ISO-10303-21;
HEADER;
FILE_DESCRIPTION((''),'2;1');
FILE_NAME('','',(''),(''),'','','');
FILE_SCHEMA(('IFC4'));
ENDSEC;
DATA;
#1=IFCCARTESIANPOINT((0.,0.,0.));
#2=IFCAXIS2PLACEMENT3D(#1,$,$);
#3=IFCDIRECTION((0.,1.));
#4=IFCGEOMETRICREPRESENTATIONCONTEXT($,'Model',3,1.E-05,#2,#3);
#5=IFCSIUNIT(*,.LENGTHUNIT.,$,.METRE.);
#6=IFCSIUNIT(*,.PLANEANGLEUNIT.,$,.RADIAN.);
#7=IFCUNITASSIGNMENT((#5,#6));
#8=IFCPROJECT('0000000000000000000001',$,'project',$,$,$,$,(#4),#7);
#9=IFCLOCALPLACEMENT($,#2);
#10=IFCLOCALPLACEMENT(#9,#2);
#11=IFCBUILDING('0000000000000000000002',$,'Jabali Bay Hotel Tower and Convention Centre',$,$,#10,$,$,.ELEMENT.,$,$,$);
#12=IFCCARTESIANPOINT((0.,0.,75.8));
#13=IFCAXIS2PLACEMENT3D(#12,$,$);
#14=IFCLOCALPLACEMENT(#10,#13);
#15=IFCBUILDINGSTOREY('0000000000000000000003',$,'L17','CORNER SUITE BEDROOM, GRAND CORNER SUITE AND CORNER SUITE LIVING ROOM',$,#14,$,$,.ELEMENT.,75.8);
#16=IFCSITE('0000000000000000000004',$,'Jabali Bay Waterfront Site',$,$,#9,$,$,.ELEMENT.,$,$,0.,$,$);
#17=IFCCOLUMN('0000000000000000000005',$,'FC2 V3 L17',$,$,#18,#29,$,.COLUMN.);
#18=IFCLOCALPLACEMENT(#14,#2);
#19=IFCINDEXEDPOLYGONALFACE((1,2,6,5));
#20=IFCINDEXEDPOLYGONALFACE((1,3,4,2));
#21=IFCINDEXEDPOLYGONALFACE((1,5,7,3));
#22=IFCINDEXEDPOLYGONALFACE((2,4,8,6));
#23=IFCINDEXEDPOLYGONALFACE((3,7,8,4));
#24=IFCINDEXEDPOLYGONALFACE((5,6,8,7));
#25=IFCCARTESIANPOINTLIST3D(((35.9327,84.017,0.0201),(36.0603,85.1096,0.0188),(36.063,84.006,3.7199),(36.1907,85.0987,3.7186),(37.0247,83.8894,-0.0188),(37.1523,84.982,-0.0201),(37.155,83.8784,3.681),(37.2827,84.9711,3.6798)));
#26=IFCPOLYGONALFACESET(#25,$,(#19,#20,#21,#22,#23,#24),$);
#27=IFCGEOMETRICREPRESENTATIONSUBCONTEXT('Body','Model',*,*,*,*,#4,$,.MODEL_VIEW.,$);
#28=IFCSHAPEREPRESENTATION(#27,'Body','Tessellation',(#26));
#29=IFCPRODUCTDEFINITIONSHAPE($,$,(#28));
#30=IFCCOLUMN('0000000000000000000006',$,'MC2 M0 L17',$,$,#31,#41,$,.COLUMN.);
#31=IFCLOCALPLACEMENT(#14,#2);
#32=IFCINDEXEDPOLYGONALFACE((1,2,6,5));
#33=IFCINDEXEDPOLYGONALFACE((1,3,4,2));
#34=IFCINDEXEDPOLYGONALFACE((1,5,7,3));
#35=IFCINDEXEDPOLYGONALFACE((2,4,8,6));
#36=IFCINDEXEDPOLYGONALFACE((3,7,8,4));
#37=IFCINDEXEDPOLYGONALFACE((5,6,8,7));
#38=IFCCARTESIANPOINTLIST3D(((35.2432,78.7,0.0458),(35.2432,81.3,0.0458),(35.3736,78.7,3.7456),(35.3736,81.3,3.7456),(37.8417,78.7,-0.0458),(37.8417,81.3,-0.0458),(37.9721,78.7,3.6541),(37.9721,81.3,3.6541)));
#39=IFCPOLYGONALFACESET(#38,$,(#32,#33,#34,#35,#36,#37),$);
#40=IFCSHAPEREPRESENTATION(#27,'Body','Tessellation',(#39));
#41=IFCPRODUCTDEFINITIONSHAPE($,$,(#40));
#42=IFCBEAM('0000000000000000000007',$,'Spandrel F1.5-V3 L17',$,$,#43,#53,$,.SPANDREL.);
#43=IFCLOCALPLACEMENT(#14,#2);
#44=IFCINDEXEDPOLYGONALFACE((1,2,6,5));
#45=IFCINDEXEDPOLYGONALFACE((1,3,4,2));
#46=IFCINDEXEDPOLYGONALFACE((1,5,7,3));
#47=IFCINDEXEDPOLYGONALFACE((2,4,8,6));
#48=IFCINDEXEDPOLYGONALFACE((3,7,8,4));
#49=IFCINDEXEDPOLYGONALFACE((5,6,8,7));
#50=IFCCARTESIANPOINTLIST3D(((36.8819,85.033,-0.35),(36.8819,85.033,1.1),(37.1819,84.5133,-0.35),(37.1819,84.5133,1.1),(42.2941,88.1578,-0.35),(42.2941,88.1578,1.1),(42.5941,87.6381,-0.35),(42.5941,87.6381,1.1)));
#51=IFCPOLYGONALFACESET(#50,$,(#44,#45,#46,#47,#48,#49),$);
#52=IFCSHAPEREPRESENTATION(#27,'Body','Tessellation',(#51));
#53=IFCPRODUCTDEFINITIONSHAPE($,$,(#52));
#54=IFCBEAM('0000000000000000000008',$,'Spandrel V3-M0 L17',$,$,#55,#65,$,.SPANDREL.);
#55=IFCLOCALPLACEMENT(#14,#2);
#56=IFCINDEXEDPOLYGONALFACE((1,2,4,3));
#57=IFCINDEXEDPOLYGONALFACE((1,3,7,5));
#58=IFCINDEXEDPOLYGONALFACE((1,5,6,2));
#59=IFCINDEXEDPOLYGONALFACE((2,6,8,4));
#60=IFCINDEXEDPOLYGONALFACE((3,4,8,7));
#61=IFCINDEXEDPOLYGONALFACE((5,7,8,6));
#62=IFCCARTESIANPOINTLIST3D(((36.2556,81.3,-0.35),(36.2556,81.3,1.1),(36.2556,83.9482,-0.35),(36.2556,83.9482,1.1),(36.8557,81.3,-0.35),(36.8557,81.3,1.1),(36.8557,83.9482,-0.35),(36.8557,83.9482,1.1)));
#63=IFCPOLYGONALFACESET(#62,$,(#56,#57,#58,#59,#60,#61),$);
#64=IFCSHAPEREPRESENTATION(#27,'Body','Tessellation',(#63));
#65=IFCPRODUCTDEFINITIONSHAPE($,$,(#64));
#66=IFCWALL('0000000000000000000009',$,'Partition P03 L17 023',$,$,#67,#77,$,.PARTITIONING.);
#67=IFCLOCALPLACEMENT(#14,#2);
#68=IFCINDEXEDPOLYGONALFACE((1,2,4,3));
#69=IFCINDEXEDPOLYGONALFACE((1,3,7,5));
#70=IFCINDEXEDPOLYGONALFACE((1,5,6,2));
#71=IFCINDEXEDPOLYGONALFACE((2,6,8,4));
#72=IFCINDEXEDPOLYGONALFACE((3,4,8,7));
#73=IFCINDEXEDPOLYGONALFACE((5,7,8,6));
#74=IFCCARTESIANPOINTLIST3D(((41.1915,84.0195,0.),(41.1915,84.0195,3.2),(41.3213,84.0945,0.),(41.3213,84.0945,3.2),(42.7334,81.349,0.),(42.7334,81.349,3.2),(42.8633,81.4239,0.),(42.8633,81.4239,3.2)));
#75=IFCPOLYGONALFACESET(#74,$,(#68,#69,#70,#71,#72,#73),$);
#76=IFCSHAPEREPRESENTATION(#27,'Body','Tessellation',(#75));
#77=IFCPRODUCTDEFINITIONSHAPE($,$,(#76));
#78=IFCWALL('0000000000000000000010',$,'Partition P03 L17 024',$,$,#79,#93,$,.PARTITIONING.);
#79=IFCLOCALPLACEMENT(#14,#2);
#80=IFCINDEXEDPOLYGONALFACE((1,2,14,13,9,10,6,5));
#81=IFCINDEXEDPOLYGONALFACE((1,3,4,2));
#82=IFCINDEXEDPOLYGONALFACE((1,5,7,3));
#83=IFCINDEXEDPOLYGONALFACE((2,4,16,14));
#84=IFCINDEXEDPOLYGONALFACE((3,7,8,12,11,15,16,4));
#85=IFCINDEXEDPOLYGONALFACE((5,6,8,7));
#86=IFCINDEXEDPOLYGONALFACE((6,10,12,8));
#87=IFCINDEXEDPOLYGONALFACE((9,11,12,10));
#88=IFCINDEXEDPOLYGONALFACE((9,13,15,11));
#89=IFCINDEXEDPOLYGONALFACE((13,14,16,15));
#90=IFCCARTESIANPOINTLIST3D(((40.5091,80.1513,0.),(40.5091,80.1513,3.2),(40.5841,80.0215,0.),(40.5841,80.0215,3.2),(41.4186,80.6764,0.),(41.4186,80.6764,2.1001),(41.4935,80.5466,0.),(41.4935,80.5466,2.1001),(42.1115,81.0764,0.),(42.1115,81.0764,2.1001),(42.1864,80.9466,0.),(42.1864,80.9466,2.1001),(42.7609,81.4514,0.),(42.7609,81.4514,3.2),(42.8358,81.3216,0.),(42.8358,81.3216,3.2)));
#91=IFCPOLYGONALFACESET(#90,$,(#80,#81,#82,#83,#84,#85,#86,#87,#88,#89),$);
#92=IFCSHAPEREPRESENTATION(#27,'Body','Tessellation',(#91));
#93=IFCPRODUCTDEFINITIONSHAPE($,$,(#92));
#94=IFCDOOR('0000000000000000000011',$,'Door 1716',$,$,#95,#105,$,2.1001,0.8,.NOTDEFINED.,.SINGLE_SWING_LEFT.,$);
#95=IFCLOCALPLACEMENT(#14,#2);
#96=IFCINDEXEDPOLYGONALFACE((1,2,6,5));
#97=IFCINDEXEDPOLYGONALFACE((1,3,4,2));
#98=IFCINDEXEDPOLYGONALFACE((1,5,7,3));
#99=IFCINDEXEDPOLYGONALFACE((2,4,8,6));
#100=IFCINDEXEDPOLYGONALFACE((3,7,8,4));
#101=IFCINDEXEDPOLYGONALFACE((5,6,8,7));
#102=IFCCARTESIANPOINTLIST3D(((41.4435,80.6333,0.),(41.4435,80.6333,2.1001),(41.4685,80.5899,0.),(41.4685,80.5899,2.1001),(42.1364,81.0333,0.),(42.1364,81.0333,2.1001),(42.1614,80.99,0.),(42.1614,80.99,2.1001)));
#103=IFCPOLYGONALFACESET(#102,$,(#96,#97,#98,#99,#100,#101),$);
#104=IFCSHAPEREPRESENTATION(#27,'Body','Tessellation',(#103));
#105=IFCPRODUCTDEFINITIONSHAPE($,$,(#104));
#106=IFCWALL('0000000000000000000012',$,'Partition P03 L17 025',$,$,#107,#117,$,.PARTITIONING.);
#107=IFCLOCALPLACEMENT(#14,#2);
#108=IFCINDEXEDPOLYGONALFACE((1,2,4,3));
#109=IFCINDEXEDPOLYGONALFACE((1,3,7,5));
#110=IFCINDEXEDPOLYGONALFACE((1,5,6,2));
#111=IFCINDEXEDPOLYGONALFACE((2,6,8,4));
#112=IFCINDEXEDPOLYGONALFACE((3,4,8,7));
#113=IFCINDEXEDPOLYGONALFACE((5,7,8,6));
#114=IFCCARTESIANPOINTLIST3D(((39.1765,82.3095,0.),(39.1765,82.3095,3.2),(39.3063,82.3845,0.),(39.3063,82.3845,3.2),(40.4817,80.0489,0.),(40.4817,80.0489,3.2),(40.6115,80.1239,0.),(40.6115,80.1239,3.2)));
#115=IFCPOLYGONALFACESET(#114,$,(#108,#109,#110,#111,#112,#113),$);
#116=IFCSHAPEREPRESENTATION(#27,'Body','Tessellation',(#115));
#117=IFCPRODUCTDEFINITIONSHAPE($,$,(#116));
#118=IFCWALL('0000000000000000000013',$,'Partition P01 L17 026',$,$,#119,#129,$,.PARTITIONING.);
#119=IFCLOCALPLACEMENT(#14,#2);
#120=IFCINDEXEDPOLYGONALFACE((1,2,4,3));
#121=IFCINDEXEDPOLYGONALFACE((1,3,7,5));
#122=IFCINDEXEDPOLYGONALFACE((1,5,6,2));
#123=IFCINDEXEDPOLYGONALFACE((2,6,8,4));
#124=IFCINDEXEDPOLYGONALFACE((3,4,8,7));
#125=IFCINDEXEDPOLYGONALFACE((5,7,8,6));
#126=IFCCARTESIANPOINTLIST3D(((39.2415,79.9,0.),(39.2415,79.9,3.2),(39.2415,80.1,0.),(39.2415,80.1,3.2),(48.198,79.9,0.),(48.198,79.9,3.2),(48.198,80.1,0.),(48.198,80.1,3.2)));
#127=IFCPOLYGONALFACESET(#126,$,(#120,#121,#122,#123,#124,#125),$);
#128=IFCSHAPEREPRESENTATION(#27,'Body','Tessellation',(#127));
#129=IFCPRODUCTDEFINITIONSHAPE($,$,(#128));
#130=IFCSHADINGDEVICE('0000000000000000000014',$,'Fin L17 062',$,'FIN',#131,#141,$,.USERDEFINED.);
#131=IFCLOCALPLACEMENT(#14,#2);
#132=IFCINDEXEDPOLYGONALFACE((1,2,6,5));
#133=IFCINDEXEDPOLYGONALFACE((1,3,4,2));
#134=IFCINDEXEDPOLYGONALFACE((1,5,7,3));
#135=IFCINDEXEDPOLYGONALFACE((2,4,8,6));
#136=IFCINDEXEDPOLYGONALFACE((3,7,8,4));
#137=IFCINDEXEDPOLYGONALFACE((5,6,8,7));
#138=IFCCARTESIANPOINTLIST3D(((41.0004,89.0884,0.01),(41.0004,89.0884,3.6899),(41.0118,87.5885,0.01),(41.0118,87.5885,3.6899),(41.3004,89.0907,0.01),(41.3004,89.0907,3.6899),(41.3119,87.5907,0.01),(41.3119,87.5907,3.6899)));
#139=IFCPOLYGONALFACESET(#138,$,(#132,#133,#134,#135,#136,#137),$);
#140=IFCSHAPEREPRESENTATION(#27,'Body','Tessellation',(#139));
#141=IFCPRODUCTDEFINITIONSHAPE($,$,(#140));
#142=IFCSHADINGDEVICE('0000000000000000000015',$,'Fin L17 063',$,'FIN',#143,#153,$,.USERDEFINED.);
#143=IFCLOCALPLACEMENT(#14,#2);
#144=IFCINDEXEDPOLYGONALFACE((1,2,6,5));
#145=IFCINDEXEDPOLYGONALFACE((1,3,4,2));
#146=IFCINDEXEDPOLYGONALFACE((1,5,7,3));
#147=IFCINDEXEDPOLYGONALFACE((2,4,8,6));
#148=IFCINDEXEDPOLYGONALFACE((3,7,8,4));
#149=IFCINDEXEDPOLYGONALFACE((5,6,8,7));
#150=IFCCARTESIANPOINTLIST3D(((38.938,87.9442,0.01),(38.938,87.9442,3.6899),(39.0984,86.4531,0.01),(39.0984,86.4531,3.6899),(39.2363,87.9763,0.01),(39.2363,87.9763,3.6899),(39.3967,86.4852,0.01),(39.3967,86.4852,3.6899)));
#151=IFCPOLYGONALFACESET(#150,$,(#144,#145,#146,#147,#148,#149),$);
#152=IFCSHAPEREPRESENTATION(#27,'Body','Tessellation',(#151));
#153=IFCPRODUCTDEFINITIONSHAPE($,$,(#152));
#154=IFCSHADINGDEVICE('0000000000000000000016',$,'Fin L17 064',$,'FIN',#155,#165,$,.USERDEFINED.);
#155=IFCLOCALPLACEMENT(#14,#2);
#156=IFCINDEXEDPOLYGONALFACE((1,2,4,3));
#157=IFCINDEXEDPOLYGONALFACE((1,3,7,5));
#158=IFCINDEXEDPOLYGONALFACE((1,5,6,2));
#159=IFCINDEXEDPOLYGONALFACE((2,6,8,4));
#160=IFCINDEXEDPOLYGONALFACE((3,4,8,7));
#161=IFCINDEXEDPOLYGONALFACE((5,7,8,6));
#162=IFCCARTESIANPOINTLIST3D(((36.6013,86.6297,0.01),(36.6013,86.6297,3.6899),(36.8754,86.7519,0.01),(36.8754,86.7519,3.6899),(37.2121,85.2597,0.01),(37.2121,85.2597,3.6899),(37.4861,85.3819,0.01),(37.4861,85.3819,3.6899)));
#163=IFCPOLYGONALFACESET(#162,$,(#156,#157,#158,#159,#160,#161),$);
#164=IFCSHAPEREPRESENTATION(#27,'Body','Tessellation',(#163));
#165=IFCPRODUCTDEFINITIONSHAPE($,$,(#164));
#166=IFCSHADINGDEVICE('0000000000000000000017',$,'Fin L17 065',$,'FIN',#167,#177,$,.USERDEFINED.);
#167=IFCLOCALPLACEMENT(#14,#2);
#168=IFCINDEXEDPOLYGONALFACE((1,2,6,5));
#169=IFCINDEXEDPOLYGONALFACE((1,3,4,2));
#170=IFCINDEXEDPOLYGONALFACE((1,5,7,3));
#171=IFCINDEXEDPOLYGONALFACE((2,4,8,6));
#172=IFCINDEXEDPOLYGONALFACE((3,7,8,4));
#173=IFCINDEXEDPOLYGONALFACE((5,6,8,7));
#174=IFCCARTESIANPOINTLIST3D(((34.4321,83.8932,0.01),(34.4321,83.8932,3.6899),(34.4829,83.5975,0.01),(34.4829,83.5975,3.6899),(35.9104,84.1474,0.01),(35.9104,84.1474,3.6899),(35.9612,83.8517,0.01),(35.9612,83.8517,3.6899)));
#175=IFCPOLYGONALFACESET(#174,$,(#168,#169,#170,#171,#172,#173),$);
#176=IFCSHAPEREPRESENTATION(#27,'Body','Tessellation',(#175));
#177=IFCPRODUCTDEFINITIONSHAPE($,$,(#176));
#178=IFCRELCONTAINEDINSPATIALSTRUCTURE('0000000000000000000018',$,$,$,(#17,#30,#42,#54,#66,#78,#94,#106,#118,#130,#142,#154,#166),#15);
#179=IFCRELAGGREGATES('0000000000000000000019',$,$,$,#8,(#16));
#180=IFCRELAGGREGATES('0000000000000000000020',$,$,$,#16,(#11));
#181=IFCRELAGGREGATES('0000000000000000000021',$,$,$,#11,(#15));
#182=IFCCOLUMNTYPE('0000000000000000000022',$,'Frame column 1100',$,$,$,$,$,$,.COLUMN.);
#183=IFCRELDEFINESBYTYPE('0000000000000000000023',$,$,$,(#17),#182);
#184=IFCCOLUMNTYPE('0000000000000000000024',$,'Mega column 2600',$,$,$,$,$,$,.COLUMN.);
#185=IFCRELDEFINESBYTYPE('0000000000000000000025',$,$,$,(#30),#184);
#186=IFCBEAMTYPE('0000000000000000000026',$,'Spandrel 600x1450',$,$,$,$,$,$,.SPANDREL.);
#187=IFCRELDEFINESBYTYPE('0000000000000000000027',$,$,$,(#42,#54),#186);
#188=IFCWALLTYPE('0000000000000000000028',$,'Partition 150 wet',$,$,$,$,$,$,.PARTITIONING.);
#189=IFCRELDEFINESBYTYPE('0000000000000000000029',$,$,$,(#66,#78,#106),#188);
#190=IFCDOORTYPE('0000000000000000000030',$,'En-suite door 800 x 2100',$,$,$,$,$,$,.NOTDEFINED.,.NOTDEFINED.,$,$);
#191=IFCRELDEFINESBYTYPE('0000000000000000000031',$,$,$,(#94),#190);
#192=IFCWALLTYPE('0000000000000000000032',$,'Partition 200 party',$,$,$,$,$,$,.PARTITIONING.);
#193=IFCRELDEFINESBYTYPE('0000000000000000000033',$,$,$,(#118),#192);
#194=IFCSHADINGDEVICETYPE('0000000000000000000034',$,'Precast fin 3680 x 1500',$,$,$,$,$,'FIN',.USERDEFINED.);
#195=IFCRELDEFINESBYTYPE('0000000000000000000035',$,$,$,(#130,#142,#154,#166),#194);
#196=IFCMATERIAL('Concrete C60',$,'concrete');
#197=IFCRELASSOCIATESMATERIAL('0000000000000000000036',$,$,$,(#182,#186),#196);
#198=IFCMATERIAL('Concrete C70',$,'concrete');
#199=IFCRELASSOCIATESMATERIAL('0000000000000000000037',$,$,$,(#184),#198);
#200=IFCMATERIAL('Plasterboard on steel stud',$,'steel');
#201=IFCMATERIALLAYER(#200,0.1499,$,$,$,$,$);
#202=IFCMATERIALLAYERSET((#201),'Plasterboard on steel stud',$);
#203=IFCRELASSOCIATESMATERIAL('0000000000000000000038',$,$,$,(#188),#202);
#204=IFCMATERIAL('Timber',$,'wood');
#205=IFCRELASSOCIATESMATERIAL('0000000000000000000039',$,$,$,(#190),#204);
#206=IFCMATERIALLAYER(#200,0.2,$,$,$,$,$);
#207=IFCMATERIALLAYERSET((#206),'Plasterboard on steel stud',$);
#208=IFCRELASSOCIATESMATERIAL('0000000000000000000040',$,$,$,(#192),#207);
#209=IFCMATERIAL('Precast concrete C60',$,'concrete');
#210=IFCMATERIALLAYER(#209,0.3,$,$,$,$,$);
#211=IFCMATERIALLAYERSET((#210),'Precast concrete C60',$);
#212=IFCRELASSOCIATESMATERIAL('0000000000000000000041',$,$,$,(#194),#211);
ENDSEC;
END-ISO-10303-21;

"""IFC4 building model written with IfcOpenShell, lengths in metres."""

from ifc_helpers import new_model, si_unit, direction, frame, frame_2d, origin, origin_2d, place, context, subcontext, project, spatial, rectangle, extrude, material, layer, layer_set, material_profile, profile_set, type_object, element, fill, save


model = new_model("IFC4")

# Units and contexts
model_context = context("Model", 3, precision=1e-05, world=origin(), true_north=direction((0.0, 1.0)))
body_context = subcontext(model_context, "Body", "Model", "MODEL_VIEW")
ifc_project = project(units=[si_unit("LENGTHUNIT", "METRE"), si_unit("PLANEANGLEUNIT", "RADIAN")], contexts=[model_context])

# Site, building, storey
site_placement = place(None, origin())
site = spatial("IfcSite", under=ifc_project, at=site_placement, Name="Jabali Bay Waterfront Site", CompositionType="ELEMENT", RefElevation=0.0)
building_placement = place(site_placement, origin())
building = spatial("IfcBuilding", under=site, at=building_placement, Name="Jabali Bay Hotel Tower and Convention Centre", CompositionType="ELEMENT")
storey_placement = place(building_placement, frame((0.0, 0.0, 75.8)))
storey = spatial("IfcBuildingStorey", under=building, at=storey_placement, Name="L17", Description="CORNER SUITE BEDROOM, GRAND CORNER SUITE AND CORNER SUITE LIVING ROOM", CompositionType="ELEMENT", Elevation=75.8)

# Columns
ifc_material_1 = material(Name="Concrete C60", Category="concrete")
ifc_material_profile_1 = material_profile(ifc_material_1, rectangle(XDim=1.1001, YDim=1.1001, at=origin_2d()), Name="Frame column 1100")
ifc_profile_set_1 = profile_set([ifc_material_profile_1], Name="Concrete C60")
column_type_1 = type_object("IfcColumnType", Name="Frame column 1100", PredefinedType="COLUMN", material=ifc_profile_set_1)
column_1_placement = place(storey_placement, frame((36.5425, 84.4995, 0.0), z_axis=(0.035214, -0.002967, 0.999375), x_axis=(-0.992622, 0.11599, 0.03532)))
element("IfcColumn", 1, at=column_1_placement, inside=storey, type_object=column_type_1, Name="FC2 V3 L17", PredefinedType="COLUMN", context=body_context, shape_type="SweptSolid", body=[
    extrude(rectangle(XDim=1.1001, YDim=1.1001, at=origin_2d()), origin(), (0.0, 0.0, 1.0), 3.7021),
])
ifc_material_2 = material(Name="Concrete C70", Category="concrete")
ifc_material_profile_2 = material_profile(ifc_material_2, rectangle(XDim=2.6001, YDim=2.6001, at=origin_2d()), Name="Mega column 2600")
ifc_profile_set_2 = profile_set([ifc_material_profile_2], Name="Concrete C70")
column_type_2 = type_object("IfcColumnType", Name="Mega column 2600", PredefinedType="COLUMN", material=ifc_profile_set_2)
column_2_placement = place(storey_placement, frame((36.5425, 80.0, 0.0), z_axis=(0.035214, 0.0, 0.99938), x_axis=(0.0, 1.0, 0.0)))
element("IfcColumn", 2, at=column_2_placement, inside=storey, type_object=column_type_2, Name="MC2 M0 L17", PredefinedType="COLUMN", context=body_context, shape_type="SweptSolid", body=[
    extrude(rectangle(XDim=2.6001, YDim=2.6001, at=origin_2d()), origin(), (0.0, 0.0, 1.0), 3.7021),
])

# Beams
ifc_material_profile_3 = material_profile(ifc_material_1, rectangle(XDim=0.6001, YDim=1.45, at=origin_2d()), Name="Spandrel 600x1450")
ifc_profile_set_3 = profile_set([ifc_material_profile_3], Name="Concrete C60")
beam_type = type_object("IfcBeamType", Name="Spandrel 600x1450", PredefinedType="SPANDREL", material=ifc_profile_set_3)
beam_1_placement = place(storey_placement, frame((42.4441, 87.8979, 0.375), z_axis=(-0.86602, -0.500009, 0.0), x_axis=(0.500009, -0.86602, 0.0)))
element("IfcBeam", 3, at=beam_1_placement, inside=storey, type_object=beam_type, Name="Spandrel F1.5-V3 L17", PredefinedType="SPANDREL", context=body_context, shape_type="SweptSolid", body=[
    extrude(rectangle(XDim=0.6001, YDim=1.45, at=origin_2d()), origin(), (0.0, 0.0, 1.0), 6.2495),
])
beam_2_placement = place(storey_placement, frame((36.5557, 83.9482, 0.375), z_axis=(0.0, -1.0, 0.0), x_axis=(1.0, 0.0, 0.0)))
element("IfcBeam", 4, at=beam_2_placement, inside=storey, type_object=beam_type, Name="Spandrel V3-M0 L17", PredefinedType="SPANDREL", context=body_context, shape_type="SweptSolid", body=[
    extrude(rectangle(XDim=0.6001, YDim=1.45, at=origin_2d()), origin(), (0.0, 0.0, 1.0), 2.6482),
])

# Wall
ifc_material_3 = material(Name="Plasterboard on steel stud", Category="steel")
ifc_layer_1 = layer(ifc_material_3, 0.1499)
ifc_layer_set_1 = layer_set([ifc_layer_1], Name="Plasterboard on steel stud")
wall_type_1 = type_object("IfcWallType", Name="Partition 150 wet", PredefinedType="PARTITIONING", material=ifc_layer_set_1)
wall_1_placement = place(storey_placement, frame((41.2563, 84.0571, 0.0), z_axis=(0.0, 0.0, 1.0), x_axis=(0.500022, -0.866013, 0.0)))
element("IfcWall", 5, at=wall_1_placement, inside=storey, type_object=wall_type_1, Name="Partition P03 L17 023", PredefinedType="PARTITIONING", context=body_context, shape_type="SweptSolid", body=[
    extrude(rectangle(XDim=3.0837, YDim=0.1499, at=frame_2d((1.542, 0.0))), origin(), (0.0, 0.0, 1.0), 3.2),
])

# Wall, opening, door
wall_2_placement = place(storey_placement, frame((42.7983, 81.3865, 0.0), z_axis=(0.0, 0.0, 1.0), x_axis=(-0.866021, -0.500007, 0.0)))
wall_2 = element("IfcWall", 6, at=wall_2_placement, inside=storey, type_object=wall_type_1, Name="Partition P03 L17 024", PredefinedType="PARTITIONING", context=body_context, shape_type="SweptSolid", body=[
    extrude(rectangle(XDim=2.6001, YDim=0.1499, at=frame_2d((1.3, 0.0))), origin(), (0.0, 0.0, 1.0), 3.2),
])
opening_1_placement = place(wall_2_placement, frame((0.75, 0.0, 0.0)))
opening_1 = element("IfcOpeningElement", 7, at=opening_1_placement, cuts=wall_2, PredefinedType="OPENING", context=body_context, shape_type="SweptSolid", body=[
    extrude(rectangle(XDim=0.8, YDim=2.1001, at=frame_2d((0.3999, 1.05))), frame((0.0, 0.0854, 0.0), z_axis=(0.0, -1.0, 0.0), x_axis=(1.0, 0.0, 0.0)), (0.0, 0.0, 1.0), 0.1709),
])
ifc_material_4 = material(Name="Timber", Category="wood")
door_type_1 = type_object("IfcDoorType", Name="En-suite door 800 x 2100", OperationType="NOTDEFINED", PredefinedType="NOTDEFINED", material=ifc_material_4)
door_1_placement = place(opening_1_placement, origin())
door_1 = element("IfcDoor", 8, at=door_1_placement, inside=storey, type_object=door_type_1, Name="Door 1716", OperationType="SINGLE_SWING_LEFT", OverallHeight=2.1001, OverallWidth=0.8, PredefinedType="NOTDEFINED", context=body_context, shape_type="SweptSolid", body=[
    extrude(rectangle(XDim=0.8, YDim=2.1001, at=frame_2d((0.3999, 1.05))), frame((0.0, 0.0249, 0.0), z_axis=(0.0, -1.0, 0.0), x_axis=(1.0, 0.0, 0.0)), (0.0, 0.0, 1.0), 0.05),
])
fill(opening_1, door_1)

# Walls
wall_3_placement = place(storey_placement, frame((40.5466, 80.0864, 0.0), z_axis=(0.0, 0.0, 1.0), x_axis=(-0.500022, 0.866013, 0.0)))
element("IfcWall", 9, at=wall_3_placement, inside=storey, type_object=wall_type_1, Name="Partition P03 L17 025", PredefinedType="PARTITIONING", context=body_context, shape_type="SweptSolid", body=[
    extrude(rectangle(XDim=2.6104, YDim=0.1499, at=frame_2d((1.3052, 0.0))), origin(), (0.0, 0.0, 1.0), 3.2),
])
ifc_layer_2 = layer(ifc_material_3, 0.2)
ifc_layer_set_2 = layer_set([ifc_layer_2], Name="Plasterboard on steel stud")
wall_type_2 = type_object("IfcWallType", Name="Partition 200 party", PredefinedType="PARTITIONING", material=ifc_layer_set_2)
wall_4_placement = place(storey_placement, frame((39.2415, 80.0, 0.0), z_axis=(0.0, 0.0, 1.0), x_axis=(1.0, 0.0, 0.0)))
element("IfcWall", 10, at=wall_4_placement, inside=storey, type_object=wall_type_2, Name="Partition P01 L17 026", PredefinedType="PARTITIONING", context=body_context, shape_type="SweptSolid", body=[
    extrude(rectangle(XDim=8.9565, YDim=0.2, at=frame_2d((4.4783, 0.0))), origin(), (0.0, 0.0, 1.0), 3.2),
])

# Shading devices
ifc_material_5 = material(Name="Precast concrete C60", Category="concrete")
ifc_layer_3 = layer(ifc_material_5, 0.3)
ifc_layer_set_3 = layer_set([ifc_layer_3], Name="Precast concrete C60")
shading_device_type = type_object("IfcShadingDeviceType", Name="Precast fin 3680 x 1500", ElementType="FIN", PredefinedType="USERDEFINED", material=ifc_layer_set_3)
shading_device_1_placement = place(storey_placement, frame((41.1619, 87.5896, 0.01), z_axis=(0.0, 0.0, 1.0), x_axis=(-0.00765, 0.999971, 0.0)))
element("IfcShadingDevice", 11, at=shading_device_1_placement, inside=storey, type_object=shading_device_type, Name="Fin L17 062", ObjectType="FIN", PredefinedType="USERDEFINED", context=body_context, shape_type="SweptSolid", body=[
    extrude(rectangle(XDim=1.5, YDim=0.3, at=frame_2d((0.75, 0.0))), origin(), (0.0, 0.0, 1.0), 3.6799),
])
shading_device_2_placement = place(storey_placement, frame((39.2476, 86.469, 0.01), z_axis=(0.0, 0.0, 1.0), x_axis=(-0.106947, 0.994265, 0.0)))
element("IfcShadingDevice", 12, at=shading_device_2_placement, inside=storey, type_object=shading_device_type, Name="Fin L17 063", ObjectType="FIN", PredefinedType="USERDEFINED", context=body_context, shape_type="SweptSolid", body=[
    extrude(rectangle(XDim=1.4998, YDim=0.3, at=frame_2d((0.75, 0.0))), origin(), (0.0, 0.0, 1.0), 3.6799),
])
for number, where, z_axis, x_axis, name in (
    (13, (37.3491, 85.3208, 0.01), (0.0, 0.0, 1.0), (-0.407195, 0.913341, 0.0), "Fin L17 064"),
    (14, (35.9358, 83.9995, 0.01), (0.0, 0.0, 1.0), (-0.985541, -0.169438, 0.0), "Fin L17 065"),
):
    element("IfcShadingDevice", number, at=place(storey_placement, frame(where, z_axis=z_axis, x_axis=x_axis)), inside=storey, type_object=shading_device_type, Name=name, ObjectType="FIN", PredefinedType="USERDEFINED", context=body_context, shape_type="SweptSolid", body=[
        extrude(rectangle(XDim=1.5, YDim=0.3, at=frame_2d((0.75, 0.0))), origin(), (0.0, 0.0, 1.0), 3.6799),
    ])

save(model, "model.ifc")
